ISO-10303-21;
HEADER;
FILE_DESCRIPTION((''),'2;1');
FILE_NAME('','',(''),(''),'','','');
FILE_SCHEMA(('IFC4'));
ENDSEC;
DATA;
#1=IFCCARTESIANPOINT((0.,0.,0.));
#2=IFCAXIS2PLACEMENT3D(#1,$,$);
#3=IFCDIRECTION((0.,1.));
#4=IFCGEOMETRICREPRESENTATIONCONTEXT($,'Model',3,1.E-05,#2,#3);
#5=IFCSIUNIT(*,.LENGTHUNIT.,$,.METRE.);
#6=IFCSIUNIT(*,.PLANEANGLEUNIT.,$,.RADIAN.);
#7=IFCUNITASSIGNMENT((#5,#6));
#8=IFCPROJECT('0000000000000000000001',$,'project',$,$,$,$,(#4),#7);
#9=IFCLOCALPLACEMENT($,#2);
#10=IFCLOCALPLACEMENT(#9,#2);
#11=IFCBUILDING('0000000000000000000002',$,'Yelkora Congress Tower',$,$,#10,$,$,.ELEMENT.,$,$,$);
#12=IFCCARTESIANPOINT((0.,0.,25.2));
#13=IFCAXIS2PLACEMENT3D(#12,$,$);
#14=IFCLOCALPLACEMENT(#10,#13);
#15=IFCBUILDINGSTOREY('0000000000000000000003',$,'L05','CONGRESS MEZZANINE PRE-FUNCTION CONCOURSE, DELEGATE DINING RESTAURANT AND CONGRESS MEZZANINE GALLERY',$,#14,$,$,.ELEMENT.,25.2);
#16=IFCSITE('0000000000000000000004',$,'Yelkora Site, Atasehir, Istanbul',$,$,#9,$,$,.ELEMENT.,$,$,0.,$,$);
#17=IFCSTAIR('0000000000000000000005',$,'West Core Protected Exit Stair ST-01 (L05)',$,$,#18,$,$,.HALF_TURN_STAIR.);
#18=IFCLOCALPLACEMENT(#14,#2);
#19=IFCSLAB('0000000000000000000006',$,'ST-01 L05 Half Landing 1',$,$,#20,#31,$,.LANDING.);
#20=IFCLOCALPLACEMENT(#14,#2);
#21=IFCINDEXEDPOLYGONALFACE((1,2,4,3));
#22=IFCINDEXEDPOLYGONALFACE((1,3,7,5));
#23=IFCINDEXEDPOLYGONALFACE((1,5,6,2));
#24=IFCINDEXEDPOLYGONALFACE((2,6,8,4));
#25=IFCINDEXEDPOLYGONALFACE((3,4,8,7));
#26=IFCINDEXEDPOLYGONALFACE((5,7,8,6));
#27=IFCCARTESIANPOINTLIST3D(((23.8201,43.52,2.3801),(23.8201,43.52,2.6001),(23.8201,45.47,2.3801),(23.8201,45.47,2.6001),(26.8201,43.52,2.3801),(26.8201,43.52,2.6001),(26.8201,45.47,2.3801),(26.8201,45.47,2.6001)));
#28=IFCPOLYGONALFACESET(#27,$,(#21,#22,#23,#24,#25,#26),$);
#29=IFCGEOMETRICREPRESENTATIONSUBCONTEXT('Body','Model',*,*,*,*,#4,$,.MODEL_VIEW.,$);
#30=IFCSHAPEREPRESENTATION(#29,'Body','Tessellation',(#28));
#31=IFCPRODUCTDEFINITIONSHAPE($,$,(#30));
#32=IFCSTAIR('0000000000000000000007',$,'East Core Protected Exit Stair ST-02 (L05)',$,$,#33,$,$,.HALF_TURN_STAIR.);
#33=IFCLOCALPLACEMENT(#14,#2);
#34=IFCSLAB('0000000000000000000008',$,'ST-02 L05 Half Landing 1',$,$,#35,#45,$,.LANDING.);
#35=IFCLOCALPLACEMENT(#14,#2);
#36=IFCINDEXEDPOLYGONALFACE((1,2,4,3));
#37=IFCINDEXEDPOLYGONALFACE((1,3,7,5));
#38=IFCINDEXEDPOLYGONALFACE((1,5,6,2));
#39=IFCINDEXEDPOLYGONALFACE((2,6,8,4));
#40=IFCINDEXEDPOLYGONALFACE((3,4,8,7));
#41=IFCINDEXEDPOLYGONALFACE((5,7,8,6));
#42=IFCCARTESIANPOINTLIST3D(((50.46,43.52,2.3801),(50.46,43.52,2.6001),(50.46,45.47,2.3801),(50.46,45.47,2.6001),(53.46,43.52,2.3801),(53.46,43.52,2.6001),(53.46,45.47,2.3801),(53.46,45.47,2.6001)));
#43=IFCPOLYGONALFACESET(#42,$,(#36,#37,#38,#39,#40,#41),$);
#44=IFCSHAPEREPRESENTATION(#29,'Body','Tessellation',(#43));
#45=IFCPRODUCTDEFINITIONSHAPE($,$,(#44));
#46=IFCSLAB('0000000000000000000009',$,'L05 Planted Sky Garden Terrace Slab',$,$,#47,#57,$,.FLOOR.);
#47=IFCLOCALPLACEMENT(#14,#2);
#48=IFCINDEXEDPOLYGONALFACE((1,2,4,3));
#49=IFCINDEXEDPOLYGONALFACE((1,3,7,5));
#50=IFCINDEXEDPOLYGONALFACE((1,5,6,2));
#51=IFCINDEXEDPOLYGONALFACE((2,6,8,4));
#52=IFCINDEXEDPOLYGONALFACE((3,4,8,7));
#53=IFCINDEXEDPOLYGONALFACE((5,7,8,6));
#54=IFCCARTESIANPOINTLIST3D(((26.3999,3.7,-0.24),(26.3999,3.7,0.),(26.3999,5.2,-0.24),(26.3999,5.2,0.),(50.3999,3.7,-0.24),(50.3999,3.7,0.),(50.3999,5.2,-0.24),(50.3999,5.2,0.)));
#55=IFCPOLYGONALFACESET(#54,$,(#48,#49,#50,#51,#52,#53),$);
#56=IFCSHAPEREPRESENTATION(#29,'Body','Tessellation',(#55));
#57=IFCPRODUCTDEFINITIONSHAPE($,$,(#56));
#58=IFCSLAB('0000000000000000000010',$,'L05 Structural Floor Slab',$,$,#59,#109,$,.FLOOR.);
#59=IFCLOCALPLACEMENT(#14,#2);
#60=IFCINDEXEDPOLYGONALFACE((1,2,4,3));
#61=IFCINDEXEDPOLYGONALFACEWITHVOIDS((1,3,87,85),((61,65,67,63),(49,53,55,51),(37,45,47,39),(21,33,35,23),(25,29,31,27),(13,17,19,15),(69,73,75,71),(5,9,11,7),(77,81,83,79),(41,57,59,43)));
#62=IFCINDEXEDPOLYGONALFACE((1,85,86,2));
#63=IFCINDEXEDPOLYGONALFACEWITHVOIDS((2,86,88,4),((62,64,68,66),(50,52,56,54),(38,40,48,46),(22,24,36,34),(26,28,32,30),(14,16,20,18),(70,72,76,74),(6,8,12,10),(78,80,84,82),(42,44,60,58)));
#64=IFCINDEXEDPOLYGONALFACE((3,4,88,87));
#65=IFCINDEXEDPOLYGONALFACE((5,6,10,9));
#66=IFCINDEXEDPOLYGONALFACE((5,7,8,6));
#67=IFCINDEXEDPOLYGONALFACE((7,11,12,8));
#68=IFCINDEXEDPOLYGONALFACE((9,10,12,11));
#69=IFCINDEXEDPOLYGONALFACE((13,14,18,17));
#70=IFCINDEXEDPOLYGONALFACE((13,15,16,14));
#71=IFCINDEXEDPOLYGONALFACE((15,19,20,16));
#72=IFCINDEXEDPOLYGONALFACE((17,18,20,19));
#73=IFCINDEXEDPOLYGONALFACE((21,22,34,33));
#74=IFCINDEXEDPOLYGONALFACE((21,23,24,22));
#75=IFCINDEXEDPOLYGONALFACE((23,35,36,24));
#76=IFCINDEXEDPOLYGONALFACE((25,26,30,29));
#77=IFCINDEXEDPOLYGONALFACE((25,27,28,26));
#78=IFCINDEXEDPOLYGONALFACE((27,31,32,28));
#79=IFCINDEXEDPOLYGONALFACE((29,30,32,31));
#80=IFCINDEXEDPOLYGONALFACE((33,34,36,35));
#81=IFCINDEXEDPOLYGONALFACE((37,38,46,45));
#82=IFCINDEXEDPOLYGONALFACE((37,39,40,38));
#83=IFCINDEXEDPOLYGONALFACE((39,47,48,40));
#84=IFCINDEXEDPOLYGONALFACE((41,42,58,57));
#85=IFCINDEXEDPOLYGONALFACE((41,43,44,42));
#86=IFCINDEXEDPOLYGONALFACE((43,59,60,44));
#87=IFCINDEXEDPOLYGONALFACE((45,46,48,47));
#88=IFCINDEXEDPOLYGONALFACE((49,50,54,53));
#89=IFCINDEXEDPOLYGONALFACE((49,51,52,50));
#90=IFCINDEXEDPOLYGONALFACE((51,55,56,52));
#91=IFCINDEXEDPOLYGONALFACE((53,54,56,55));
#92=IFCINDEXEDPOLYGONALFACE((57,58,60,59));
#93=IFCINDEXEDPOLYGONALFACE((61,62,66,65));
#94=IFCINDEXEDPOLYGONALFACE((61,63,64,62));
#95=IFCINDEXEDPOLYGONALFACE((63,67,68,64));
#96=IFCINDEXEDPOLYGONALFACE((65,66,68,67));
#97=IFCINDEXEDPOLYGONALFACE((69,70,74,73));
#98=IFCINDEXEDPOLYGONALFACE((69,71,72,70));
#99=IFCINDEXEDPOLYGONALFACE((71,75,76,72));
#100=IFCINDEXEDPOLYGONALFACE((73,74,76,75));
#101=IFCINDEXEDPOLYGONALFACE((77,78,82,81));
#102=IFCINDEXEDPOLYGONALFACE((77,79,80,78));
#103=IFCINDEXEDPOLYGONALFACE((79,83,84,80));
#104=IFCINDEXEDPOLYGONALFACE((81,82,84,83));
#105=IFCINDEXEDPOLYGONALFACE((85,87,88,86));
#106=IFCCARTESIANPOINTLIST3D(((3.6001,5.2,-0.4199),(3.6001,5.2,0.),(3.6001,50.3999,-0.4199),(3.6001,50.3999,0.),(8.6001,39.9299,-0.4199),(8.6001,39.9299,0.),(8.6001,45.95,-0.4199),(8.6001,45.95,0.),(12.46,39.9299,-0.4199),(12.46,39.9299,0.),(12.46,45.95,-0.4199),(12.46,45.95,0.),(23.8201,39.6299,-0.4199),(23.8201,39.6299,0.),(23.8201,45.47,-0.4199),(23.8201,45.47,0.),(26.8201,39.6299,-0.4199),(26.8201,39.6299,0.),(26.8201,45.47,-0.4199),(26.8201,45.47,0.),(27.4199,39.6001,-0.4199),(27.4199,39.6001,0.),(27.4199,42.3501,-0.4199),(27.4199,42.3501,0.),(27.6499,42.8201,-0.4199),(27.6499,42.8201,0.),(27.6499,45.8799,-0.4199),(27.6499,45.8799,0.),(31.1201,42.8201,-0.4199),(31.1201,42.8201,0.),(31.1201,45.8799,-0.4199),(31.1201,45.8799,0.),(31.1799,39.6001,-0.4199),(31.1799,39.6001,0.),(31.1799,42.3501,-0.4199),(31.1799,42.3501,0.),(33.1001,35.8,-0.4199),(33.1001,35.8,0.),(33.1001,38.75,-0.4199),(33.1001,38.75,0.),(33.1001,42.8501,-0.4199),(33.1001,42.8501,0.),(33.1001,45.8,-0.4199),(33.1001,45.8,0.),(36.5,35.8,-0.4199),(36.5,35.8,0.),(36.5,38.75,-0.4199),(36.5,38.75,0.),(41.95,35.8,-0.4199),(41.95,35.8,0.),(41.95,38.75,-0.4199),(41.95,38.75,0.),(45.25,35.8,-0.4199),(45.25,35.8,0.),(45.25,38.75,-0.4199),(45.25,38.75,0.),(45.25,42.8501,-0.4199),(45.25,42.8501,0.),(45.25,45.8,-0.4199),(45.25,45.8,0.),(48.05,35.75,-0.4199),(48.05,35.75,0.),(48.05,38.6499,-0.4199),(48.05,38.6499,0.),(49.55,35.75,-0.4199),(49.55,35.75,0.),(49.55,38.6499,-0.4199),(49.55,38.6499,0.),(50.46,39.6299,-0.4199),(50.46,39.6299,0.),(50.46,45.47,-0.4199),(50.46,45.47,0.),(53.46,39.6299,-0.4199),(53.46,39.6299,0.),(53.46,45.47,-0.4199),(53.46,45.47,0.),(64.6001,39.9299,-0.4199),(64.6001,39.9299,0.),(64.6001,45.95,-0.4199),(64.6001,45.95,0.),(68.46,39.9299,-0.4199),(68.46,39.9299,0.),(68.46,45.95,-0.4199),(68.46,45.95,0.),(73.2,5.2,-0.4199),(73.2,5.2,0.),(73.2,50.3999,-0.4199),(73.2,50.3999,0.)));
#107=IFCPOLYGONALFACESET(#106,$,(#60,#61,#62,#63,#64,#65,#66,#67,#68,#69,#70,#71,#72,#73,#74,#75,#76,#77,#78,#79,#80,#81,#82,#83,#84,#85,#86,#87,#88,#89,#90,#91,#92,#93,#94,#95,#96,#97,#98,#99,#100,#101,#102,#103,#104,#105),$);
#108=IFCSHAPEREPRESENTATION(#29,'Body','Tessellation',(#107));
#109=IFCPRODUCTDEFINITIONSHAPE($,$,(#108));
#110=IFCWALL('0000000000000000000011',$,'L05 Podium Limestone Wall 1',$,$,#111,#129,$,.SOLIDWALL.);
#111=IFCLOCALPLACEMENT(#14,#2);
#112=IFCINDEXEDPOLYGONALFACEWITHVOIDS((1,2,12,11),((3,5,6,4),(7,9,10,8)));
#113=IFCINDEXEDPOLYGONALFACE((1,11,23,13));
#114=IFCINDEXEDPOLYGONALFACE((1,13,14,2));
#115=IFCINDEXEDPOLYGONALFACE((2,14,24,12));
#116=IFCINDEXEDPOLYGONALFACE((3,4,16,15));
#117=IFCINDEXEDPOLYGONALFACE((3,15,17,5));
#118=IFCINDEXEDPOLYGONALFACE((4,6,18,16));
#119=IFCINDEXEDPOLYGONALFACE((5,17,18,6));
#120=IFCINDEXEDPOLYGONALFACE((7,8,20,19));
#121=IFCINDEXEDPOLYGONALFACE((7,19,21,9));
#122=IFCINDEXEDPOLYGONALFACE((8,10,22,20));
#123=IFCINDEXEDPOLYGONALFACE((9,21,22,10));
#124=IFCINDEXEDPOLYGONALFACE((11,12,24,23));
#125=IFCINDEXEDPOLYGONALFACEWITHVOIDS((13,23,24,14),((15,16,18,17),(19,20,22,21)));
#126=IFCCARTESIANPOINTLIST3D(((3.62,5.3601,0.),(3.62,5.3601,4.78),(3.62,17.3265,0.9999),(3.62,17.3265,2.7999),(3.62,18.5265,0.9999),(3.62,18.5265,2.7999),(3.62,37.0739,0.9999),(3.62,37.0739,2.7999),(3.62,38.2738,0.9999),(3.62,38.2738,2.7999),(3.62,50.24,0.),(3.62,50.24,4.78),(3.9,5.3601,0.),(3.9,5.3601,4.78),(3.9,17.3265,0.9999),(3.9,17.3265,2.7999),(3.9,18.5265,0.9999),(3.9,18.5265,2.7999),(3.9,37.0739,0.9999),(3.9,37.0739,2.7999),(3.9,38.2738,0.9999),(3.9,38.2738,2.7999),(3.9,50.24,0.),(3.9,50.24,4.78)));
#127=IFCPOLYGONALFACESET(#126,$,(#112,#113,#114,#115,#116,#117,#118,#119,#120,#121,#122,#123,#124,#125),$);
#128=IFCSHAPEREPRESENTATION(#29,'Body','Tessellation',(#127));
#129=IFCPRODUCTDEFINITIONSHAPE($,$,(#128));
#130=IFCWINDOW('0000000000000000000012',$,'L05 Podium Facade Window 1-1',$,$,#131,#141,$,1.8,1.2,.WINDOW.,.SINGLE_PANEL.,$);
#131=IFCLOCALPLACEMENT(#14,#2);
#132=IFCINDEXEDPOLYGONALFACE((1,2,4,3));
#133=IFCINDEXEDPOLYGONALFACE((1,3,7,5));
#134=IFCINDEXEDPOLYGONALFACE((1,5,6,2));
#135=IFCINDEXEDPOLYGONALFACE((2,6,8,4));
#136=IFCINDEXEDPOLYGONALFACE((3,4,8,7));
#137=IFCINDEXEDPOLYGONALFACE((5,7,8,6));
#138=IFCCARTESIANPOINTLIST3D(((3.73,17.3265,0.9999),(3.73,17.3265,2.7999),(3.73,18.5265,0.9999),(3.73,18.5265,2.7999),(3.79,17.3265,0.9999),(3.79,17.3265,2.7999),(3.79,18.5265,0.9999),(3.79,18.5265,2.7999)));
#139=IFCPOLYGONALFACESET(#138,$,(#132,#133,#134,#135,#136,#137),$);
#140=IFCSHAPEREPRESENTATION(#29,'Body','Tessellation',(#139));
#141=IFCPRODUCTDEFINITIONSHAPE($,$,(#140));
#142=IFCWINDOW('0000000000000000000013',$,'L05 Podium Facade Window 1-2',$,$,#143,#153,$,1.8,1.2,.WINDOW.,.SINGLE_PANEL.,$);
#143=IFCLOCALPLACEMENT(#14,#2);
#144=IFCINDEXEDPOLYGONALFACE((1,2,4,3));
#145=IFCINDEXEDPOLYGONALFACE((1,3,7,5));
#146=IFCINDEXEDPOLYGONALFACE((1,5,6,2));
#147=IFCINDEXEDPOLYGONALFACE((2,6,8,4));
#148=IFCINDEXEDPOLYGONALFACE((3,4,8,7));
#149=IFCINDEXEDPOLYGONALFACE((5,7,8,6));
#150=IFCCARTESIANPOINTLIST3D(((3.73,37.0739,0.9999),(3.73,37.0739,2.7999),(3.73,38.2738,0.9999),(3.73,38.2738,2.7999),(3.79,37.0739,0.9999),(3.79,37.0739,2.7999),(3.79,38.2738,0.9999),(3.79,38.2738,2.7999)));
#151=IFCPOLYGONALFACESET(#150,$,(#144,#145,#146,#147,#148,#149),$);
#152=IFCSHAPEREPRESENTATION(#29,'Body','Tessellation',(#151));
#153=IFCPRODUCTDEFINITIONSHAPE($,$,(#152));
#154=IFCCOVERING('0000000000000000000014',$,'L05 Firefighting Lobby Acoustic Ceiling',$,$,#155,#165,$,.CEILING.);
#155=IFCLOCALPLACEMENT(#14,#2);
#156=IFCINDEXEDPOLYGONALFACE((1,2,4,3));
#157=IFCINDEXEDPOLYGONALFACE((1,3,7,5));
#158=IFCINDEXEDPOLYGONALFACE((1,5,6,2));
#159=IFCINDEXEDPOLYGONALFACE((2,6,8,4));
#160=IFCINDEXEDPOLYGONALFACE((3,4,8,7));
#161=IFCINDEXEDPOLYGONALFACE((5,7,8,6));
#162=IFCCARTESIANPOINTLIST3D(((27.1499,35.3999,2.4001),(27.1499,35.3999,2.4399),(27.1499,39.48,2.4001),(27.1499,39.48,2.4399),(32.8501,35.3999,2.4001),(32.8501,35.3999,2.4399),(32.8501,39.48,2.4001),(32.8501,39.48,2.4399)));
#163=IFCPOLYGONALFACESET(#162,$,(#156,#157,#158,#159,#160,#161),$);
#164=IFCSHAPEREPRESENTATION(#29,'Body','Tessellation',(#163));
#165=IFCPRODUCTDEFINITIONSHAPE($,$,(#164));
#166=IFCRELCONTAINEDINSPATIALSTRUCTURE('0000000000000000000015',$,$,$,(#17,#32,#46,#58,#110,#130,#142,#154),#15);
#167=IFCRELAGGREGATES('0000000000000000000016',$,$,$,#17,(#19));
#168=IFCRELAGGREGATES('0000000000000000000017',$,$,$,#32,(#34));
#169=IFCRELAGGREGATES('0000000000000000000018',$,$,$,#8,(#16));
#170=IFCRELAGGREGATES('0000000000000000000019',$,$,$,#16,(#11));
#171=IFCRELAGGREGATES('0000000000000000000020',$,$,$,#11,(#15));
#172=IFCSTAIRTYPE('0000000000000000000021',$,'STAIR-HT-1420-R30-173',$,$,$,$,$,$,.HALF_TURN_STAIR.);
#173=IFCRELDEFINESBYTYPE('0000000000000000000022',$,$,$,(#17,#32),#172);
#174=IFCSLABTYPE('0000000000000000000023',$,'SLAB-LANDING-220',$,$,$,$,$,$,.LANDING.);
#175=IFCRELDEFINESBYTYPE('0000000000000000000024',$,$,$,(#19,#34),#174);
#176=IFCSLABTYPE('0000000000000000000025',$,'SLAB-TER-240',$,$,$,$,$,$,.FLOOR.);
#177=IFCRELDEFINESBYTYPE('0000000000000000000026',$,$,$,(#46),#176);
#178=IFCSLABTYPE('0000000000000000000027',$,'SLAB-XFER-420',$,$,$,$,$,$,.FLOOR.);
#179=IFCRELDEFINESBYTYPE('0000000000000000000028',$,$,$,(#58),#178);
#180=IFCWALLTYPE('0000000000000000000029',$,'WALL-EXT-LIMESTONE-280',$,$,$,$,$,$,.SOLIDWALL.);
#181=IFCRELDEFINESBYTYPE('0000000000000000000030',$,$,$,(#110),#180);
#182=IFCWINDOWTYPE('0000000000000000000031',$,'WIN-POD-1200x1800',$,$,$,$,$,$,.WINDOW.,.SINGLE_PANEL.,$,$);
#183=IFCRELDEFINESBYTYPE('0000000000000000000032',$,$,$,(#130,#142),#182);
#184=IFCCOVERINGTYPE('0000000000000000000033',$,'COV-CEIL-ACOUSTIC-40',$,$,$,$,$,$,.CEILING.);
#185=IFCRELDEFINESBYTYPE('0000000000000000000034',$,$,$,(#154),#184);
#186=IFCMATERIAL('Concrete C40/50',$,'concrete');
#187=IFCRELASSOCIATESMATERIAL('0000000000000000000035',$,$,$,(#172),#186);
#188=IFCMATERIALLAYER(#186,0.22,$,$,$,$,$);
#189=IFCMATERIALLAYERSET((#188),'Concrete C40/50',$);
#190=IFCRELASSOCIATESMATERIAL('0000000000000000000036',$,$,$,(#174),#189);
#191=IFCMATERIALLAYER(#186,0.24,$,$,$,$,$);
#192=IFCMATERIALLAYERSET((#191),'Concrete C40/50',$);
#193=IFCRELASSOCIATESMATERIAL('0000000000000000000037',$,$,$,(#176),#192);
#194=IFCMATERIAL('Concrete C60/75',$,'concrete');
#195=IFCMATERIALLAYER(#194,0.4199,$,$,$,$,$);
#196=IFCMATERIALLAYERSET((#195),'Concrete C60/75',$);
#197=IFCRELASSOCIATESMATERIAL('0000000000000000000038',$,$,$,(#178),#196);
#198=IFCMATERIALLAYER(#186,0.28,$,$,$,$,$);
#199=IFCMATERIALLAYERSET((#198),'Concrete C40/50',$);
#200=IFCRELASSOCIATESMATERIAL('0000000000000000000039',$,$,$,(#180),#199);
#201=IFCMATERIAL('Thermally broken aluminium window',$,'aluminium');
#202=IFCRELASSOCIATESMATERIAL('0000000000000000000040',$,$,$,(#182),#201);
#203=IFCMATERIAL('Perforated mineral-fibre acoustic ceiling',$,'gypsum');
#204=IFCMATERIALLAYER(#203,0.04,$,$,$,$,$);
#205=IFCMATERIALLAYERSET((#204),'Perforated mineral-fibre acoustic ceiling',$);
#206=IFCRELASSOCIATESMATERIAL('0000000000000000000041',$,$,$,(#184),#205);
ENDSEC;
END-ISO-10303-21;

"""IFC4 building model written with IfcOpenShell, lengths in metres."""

from ifc_helpers import new_model, si_unit, direction, frame, frame_2d, origin, place, context, subcontext, project, spatial, polyline, rectangle, outline, extrude, material, layer, layer_set, type_object, element, fill, aggregate, save


model = new_model("IFC4")

# Units and contexts
model_context = context("Model", 3, precision=1e-05, world=origin(), true_north=direction((0.0, 1.0)))
body_context = subcontext(model_context, "Body", "Model", "MODEL_VIEW")
ifc_project = project(units=[si_unit("LENGTHUNIT", "METRE"), si_unit("PLANEANGLEUNIT", "RADIAN")], contexts=[model_context])

# Site, building, storey
site_placement = place(None, origin())
site = spatial("IfcSite", under=ifc_project, at=site_placement, Name="Yelkora Site, Atasehir, Istanbul", CompositionType="ELEMENT", RefElevation=0.0)
building_placement = place(site_placement, origin())
building = spatial("IfcBuilding", under=site, at=building_placement, Name="Yelkora Congress Tower", CompositionType="ELEMENT")
storey_placement = place(building_placement, frame((0.0, 0.0, 25.2)))
storey = spatial("IfcBuildingStorey", under=building, at=storey_placement, Name="L05", Description="CONGRESS MEZZANINE PRE-FUNCTION CONCOURSE, DELEGATE DINING RESTAURANT AND CONGRESS MEZZANINE GALLERY", CompositionType="ELEMENT", Elevation=25.2)

# Stairs, slabs
ifc_material_1 = material(Name="Concrete C40/50", Category="concrete")
stair_type = type_object("IfcStairType", Name="STAIR-HT-1420-R30-173", PredefinedType="HALF_TURN_STAIR", material=ifc_material_1)
stair_1_placement = place(storey_placement, origin())
stair_1 = element("IfcStair", 1, at=stair_1_placement, inside=storey, type_object=stair_type, Name="West Core Protected Exit Stair ST-01 (L05)", PredefinedType="HALF_TURN_STAIR")
ifc_layer_1 = layer(ifc_material_1, 0.22)
ifc_layer_set_1 = layer_set([ifc_layer_1], Name="Concrete C40/50")
slab_type_1 = type_object("IfcSlabType", Name="SLAB-LANDING-220", PredefinedType="LANDING", material=ifc_layer_set_1)
slab_1_placement = place(storey_placement, frame((0.0, 0.0, 2.3801)))
slab_1 = element("IfcSlab", 2, at=slab_1_placement, type_object=slab_type_1, Name="ST-01 L05 Half Landing 1", PredefinedType="LANDING", context=body_context, shape_type="SweptSolid", body=[
    extrude(outline(polyline([(26.8201, 43.52), (26.8201, 45.47), (23.8201, 45.47), (23.8201, 43.52), (26.8201, 43.52)])), origin(), (0.0, 0.0, 1.0), 0.22),
])
aggregate(stair_1, [slab_1])
stair_2_placement = place(storey_placement, origin())
stair_2 = element("IfcStair", 3, at=stair_2_placement, inside=storey, type_object=stair_type, Name="East Core Protected Exit Stair ST-02 (L05)", PredefinedType="HALF_TURN_STAIR")
slab_2_placement = place(storey_placement, frame((0.0, 0.0, 2.3801)))
slab_2 = element("IfcSlab", 4, at=slab_2_placement, type_object=slab_type_1, Name="ST-02 L05 Half Landing 1", PredefinedType="LANDING", context=body_context, shape_type="SweptSolid", body=[
    extrude(outline(polyline([(53.46, 43.52), (53.46, 45.47), (50.46, 45.47), (50.46, 43.52), (53.46, 43.52)])), origin(), (0.0, 0.0, 1.0), 0.22),
])
aggregate(stair_2, [slab_2])

# Slabs
ifc_layer_2 = layer(ifc_material_1, 0.24)
ifc_layer_set_2 = layer_set([ifc_layer_2], Name="Concrete C40/50")
slab_type_2 = type_object("IfcSlabType", Name="SLAB-TER-240", PredefinedType="FLOOR", material=ifc_layer_set_2)
slab_3_placement = place(storey_placement, frame((0.0, 0.0, -0.24)))
element("IfcSlab", 5, at=slab_3_placement, inside=storey, type_object=slab_type_2, Name="L05 Planted Sky Garden Terrace Slab", PredefinedType="FLOOR", context=body_context, shape_type="SweptSolid", body=[
    extrude(outline(polyline([(26.3999, 3.7), (26.3999, 5.2), (50.3999, 5.2), (50.3999, 3.7), (26.3999, 3.7)])), origin(), (0.0, 0.0, 1.0), 0.24),
])
ifc_material_2 = material(Name="Concrete C60/75", Category="concrete")
ifc_layer_3 = layer(ifc_material_2, 0.4199)
ifc_layer_set_3 = layer_set([ifc_layer_3], Name="Concrete C60/75")
slab_type_3 = type_object("IfcSlabType", Name="SLAB-XFER-420", PredefinedType="FLOOR", material=ifc_layer_set_3)
slab_4_placement = place(storey_placement, frame((0.0, 0.0, -0.4199)))
element("IfcSlab", 6, at=slab_4_placement, inside=storey, type_object=slab_type_3, Name="L05 Structural Floor Slab", PredefinedType="FLOOR", context=body_context, shape_type="SweptSolid", body=[
    extrude(outline(polyline([(3.6001, 5.2), (73.2, 5.2), (73.2, 50.3999), (3.6001, 50.3999), (3.6001, 5.2)]), holes=[polyline([(23.8201, 39.6299), (26.8201, 39.6299), (26.8201, 45.47), (23.8201, 45.47), (23.8201, 39.6299)]), polyline([(50.46, 39.6299), (53.46, 39.6299), (53.46, 45.47), (50.46, 45.47), (50.46, 39.6299)]), polyline([(8.6001, 39.9299), (12.46, 39.9299), (12.46, 45.95), (8.6001, 45.95), (8.6001, 39.9299)]), polyline([(64.6001, 39.9299), (68.46, 39.9299), (68.46, 45.95), (64.6001, 45.95), (64.6001, 39.9299)]), polyline([(48.05, 35.75), (49.55, 35.75), (49.55, 38.6499), (48.05, 38.6499), (48.05, 35.75)]), polyline([(41.95, 35.8), (45.25, 35.8), (45.25, 38.75), (41.95, 38.75), (41.95, 35.8)]), polyline([(33.1001, 42.8501), (45.25, 42.8501), (45.25, 45.8), (33.1001, 45.8), (33.1001, 42.8501)]), polyline([(33.1001, 35.8), (36.5, 35.8), (36.5, 38.75), (33.1001, 38.75), (33.1001, 35.8)]), polyline([(27.4199, 39.6001), (31.1799, 39.6001), (31.1799, 42.3501), (27.4199, 42.3501), (27.4199, 39.6001)]), polyline([(27.6499, 42.8201), (31.1201, 42.8201), (31.1201, 45.8799), (27.6499, 45.8799), (27.6499, 42.8201)])]), origin(), (0.0, 0.0, 1.0), 0.4199),
])

# Wall, openings, windows
ifc_layer_4 = layer(ifc_material_1, 0.28)
ifc_layer_set_4 = layer_set([ifc_layer_4], Name="Concrete C40/50")
wall_type = type_object("IfcWallType", Name="WALL-EXT-LIMESTONE-280", PredefinedType="SOLIDWALL", material=ifc_layer_set_4)
wall_placement = place(storey_placement, frame((3.76, 5.3601, 0.0), z_axis=(0.0, 0.0, 1.0), x_axis=(0.0, 1.0, 0.0)))
wall = element("IfcWall", 7, at=wall_placement, inside=storey, type_object=wall_type, Name="L05 Podium Limestone Wall 1", PredefinedType="SOLIDWALL", context=body_context, shape_type="SweptSolid", body=[
    extrude(rectangle(XDim=44.8799, YDim=0.28, at=frame_2d((22.4399, 0.0))), origin(), (0.0, 0.0, 1.0), 4.78),
])
opening_1_placement = place(wall_placement, frame((11.9663, 0.0, 1.0)))
opening_1 = element("IfcOpeningElement", 8, at=opening_1_placement, cuts=wall, PredefinedType="OPENING", context=body_context, shape_type="SweptSolid", body=[
    extrude(rectangle(XDim=1.2, YDim=1.8, at=frame_2d((0.6001, 0.8999))), frame((0.0, 0.1499, 0.0), z_axis=(0.0, -1.0, 0.0), x_axis=(1.0, 0.0, 0.0)), (0.0, 0.0, 1.0), 0.3),
])
opening_2_placement = place(wall_placement, frame((31.7136, 0.0, 1.0)))
opening_2 = element("IfcOpeningElement", 9, at=opening_2_placement, cuts=wall, PredefinedType="OPENING", context=body_context, shape_type="SweptSolid", body=[
    extrude(rectangle(XDim=1.2, YDim=1.8, at=frame_2d((0.6001, 0.8999))), frame((0.0, 0.1499, 0.0), z_axis=(0.0, -1.0, 0.0), x_axis=(1.0, 0.0, 0.0)), (0.0, 0.0, 1.0), 0.3),
])
ifc_material_3 = material(Name="Thermally broken aluminium window", Category="aluminium")
window_type = type_object("IfcWindowType", Name="WIN-POD-1200x1800", PartitioningType="SINGLE_PANEL", PredefinedType="WINDOW", material=ifc_material_3)
window_1_placement = place(opening_1_placement, origin())
window_1 = element("IfcWindow", 10, at=window_1_placement, inside=storey, type_object=window_type, Name="L05 Podium Facade Window 1-1", OverallHeight=1.8, OverallWidth=1.2, PartitioningType="SINGLE_PANEL", PredefinedType="WINDOW", context=body_context, shape_type="SweptSolid", body=[
    extrude(rectangle(XDim=1.2, YDim=1.8, at=frame_2d((0.6001, 0.8999))), frame((0.0, 0.03, 0.0), z_axis=(0.0, -1.0, 0.0), x_axis=(1.0, 0.0, 0.0)), (0.0, 0.0, 1.0), 0.0601),
])
fill(opening_1, window_1)
window_2_placement = place(opening_2_placement, origin())
window_2 = element("IfcWindow", 11, at=window_2_placement, inside=storey, type_object=window_type, Name="L05 Podium Facade Window 1-2", OverallHeight=1.8, OverallWidth=1.2, PartitioningType="SINGLE_PANEL", PredefinedType="WINDOW", context=body_context, shape_type="SweptSolid", body=[
    extrude(rectangle(XDim=1.2, YDim=1.8, at=frame_2d((0.6001, 0.8999))), frame((0.0, 0.03, 0.0), z_axis=(0.0, -1.0, 0.0), x_axis=(1.0, 0.0, 0.0)), (0.0, 0.0, 1.0), 0.0601),
])
fill(opening_2, window_2)

# Covering
ifc_material_4 = material(Name="Perforated mineral-fibre acoustic ceiling", Category="gypsum")
ifc_layer_5 = layer(ifc_material_4, 0.04)
ifc_layer_set_5 = layer_set([ifc_layer_5], Name="Perforated mineral-fibre acoustic ceiling")
covering_type_1 = type_object("IfcCoveringType", Name="COV-CEIL-ACOUSTIC-40", PredefinedType="CEILING", material=ifc_layer_set_5)
covering_1_placement = place(storey_placement, frame((0.0, 0.0, 2.4001)))
element("IfcCovering", 12, at=covering_1_placement, inside=storey, type_object=covering_type_1, Name="L05 Firefighting Lobby Acoustic Ceiling", PredefinedType="CEILING", context=body_context, shape_type="SweptSolid", body=[
    extrude(outline(polyline([(27.1499, 35.3999), (32.8501, 35.3999), (32.8501, 39.48), (27.1499, 39.48), (27.1499, 35.3999)])), origin(), (0.0, 0.0, 1.0), 0.0398),
])

save(model, "model.ifc")
